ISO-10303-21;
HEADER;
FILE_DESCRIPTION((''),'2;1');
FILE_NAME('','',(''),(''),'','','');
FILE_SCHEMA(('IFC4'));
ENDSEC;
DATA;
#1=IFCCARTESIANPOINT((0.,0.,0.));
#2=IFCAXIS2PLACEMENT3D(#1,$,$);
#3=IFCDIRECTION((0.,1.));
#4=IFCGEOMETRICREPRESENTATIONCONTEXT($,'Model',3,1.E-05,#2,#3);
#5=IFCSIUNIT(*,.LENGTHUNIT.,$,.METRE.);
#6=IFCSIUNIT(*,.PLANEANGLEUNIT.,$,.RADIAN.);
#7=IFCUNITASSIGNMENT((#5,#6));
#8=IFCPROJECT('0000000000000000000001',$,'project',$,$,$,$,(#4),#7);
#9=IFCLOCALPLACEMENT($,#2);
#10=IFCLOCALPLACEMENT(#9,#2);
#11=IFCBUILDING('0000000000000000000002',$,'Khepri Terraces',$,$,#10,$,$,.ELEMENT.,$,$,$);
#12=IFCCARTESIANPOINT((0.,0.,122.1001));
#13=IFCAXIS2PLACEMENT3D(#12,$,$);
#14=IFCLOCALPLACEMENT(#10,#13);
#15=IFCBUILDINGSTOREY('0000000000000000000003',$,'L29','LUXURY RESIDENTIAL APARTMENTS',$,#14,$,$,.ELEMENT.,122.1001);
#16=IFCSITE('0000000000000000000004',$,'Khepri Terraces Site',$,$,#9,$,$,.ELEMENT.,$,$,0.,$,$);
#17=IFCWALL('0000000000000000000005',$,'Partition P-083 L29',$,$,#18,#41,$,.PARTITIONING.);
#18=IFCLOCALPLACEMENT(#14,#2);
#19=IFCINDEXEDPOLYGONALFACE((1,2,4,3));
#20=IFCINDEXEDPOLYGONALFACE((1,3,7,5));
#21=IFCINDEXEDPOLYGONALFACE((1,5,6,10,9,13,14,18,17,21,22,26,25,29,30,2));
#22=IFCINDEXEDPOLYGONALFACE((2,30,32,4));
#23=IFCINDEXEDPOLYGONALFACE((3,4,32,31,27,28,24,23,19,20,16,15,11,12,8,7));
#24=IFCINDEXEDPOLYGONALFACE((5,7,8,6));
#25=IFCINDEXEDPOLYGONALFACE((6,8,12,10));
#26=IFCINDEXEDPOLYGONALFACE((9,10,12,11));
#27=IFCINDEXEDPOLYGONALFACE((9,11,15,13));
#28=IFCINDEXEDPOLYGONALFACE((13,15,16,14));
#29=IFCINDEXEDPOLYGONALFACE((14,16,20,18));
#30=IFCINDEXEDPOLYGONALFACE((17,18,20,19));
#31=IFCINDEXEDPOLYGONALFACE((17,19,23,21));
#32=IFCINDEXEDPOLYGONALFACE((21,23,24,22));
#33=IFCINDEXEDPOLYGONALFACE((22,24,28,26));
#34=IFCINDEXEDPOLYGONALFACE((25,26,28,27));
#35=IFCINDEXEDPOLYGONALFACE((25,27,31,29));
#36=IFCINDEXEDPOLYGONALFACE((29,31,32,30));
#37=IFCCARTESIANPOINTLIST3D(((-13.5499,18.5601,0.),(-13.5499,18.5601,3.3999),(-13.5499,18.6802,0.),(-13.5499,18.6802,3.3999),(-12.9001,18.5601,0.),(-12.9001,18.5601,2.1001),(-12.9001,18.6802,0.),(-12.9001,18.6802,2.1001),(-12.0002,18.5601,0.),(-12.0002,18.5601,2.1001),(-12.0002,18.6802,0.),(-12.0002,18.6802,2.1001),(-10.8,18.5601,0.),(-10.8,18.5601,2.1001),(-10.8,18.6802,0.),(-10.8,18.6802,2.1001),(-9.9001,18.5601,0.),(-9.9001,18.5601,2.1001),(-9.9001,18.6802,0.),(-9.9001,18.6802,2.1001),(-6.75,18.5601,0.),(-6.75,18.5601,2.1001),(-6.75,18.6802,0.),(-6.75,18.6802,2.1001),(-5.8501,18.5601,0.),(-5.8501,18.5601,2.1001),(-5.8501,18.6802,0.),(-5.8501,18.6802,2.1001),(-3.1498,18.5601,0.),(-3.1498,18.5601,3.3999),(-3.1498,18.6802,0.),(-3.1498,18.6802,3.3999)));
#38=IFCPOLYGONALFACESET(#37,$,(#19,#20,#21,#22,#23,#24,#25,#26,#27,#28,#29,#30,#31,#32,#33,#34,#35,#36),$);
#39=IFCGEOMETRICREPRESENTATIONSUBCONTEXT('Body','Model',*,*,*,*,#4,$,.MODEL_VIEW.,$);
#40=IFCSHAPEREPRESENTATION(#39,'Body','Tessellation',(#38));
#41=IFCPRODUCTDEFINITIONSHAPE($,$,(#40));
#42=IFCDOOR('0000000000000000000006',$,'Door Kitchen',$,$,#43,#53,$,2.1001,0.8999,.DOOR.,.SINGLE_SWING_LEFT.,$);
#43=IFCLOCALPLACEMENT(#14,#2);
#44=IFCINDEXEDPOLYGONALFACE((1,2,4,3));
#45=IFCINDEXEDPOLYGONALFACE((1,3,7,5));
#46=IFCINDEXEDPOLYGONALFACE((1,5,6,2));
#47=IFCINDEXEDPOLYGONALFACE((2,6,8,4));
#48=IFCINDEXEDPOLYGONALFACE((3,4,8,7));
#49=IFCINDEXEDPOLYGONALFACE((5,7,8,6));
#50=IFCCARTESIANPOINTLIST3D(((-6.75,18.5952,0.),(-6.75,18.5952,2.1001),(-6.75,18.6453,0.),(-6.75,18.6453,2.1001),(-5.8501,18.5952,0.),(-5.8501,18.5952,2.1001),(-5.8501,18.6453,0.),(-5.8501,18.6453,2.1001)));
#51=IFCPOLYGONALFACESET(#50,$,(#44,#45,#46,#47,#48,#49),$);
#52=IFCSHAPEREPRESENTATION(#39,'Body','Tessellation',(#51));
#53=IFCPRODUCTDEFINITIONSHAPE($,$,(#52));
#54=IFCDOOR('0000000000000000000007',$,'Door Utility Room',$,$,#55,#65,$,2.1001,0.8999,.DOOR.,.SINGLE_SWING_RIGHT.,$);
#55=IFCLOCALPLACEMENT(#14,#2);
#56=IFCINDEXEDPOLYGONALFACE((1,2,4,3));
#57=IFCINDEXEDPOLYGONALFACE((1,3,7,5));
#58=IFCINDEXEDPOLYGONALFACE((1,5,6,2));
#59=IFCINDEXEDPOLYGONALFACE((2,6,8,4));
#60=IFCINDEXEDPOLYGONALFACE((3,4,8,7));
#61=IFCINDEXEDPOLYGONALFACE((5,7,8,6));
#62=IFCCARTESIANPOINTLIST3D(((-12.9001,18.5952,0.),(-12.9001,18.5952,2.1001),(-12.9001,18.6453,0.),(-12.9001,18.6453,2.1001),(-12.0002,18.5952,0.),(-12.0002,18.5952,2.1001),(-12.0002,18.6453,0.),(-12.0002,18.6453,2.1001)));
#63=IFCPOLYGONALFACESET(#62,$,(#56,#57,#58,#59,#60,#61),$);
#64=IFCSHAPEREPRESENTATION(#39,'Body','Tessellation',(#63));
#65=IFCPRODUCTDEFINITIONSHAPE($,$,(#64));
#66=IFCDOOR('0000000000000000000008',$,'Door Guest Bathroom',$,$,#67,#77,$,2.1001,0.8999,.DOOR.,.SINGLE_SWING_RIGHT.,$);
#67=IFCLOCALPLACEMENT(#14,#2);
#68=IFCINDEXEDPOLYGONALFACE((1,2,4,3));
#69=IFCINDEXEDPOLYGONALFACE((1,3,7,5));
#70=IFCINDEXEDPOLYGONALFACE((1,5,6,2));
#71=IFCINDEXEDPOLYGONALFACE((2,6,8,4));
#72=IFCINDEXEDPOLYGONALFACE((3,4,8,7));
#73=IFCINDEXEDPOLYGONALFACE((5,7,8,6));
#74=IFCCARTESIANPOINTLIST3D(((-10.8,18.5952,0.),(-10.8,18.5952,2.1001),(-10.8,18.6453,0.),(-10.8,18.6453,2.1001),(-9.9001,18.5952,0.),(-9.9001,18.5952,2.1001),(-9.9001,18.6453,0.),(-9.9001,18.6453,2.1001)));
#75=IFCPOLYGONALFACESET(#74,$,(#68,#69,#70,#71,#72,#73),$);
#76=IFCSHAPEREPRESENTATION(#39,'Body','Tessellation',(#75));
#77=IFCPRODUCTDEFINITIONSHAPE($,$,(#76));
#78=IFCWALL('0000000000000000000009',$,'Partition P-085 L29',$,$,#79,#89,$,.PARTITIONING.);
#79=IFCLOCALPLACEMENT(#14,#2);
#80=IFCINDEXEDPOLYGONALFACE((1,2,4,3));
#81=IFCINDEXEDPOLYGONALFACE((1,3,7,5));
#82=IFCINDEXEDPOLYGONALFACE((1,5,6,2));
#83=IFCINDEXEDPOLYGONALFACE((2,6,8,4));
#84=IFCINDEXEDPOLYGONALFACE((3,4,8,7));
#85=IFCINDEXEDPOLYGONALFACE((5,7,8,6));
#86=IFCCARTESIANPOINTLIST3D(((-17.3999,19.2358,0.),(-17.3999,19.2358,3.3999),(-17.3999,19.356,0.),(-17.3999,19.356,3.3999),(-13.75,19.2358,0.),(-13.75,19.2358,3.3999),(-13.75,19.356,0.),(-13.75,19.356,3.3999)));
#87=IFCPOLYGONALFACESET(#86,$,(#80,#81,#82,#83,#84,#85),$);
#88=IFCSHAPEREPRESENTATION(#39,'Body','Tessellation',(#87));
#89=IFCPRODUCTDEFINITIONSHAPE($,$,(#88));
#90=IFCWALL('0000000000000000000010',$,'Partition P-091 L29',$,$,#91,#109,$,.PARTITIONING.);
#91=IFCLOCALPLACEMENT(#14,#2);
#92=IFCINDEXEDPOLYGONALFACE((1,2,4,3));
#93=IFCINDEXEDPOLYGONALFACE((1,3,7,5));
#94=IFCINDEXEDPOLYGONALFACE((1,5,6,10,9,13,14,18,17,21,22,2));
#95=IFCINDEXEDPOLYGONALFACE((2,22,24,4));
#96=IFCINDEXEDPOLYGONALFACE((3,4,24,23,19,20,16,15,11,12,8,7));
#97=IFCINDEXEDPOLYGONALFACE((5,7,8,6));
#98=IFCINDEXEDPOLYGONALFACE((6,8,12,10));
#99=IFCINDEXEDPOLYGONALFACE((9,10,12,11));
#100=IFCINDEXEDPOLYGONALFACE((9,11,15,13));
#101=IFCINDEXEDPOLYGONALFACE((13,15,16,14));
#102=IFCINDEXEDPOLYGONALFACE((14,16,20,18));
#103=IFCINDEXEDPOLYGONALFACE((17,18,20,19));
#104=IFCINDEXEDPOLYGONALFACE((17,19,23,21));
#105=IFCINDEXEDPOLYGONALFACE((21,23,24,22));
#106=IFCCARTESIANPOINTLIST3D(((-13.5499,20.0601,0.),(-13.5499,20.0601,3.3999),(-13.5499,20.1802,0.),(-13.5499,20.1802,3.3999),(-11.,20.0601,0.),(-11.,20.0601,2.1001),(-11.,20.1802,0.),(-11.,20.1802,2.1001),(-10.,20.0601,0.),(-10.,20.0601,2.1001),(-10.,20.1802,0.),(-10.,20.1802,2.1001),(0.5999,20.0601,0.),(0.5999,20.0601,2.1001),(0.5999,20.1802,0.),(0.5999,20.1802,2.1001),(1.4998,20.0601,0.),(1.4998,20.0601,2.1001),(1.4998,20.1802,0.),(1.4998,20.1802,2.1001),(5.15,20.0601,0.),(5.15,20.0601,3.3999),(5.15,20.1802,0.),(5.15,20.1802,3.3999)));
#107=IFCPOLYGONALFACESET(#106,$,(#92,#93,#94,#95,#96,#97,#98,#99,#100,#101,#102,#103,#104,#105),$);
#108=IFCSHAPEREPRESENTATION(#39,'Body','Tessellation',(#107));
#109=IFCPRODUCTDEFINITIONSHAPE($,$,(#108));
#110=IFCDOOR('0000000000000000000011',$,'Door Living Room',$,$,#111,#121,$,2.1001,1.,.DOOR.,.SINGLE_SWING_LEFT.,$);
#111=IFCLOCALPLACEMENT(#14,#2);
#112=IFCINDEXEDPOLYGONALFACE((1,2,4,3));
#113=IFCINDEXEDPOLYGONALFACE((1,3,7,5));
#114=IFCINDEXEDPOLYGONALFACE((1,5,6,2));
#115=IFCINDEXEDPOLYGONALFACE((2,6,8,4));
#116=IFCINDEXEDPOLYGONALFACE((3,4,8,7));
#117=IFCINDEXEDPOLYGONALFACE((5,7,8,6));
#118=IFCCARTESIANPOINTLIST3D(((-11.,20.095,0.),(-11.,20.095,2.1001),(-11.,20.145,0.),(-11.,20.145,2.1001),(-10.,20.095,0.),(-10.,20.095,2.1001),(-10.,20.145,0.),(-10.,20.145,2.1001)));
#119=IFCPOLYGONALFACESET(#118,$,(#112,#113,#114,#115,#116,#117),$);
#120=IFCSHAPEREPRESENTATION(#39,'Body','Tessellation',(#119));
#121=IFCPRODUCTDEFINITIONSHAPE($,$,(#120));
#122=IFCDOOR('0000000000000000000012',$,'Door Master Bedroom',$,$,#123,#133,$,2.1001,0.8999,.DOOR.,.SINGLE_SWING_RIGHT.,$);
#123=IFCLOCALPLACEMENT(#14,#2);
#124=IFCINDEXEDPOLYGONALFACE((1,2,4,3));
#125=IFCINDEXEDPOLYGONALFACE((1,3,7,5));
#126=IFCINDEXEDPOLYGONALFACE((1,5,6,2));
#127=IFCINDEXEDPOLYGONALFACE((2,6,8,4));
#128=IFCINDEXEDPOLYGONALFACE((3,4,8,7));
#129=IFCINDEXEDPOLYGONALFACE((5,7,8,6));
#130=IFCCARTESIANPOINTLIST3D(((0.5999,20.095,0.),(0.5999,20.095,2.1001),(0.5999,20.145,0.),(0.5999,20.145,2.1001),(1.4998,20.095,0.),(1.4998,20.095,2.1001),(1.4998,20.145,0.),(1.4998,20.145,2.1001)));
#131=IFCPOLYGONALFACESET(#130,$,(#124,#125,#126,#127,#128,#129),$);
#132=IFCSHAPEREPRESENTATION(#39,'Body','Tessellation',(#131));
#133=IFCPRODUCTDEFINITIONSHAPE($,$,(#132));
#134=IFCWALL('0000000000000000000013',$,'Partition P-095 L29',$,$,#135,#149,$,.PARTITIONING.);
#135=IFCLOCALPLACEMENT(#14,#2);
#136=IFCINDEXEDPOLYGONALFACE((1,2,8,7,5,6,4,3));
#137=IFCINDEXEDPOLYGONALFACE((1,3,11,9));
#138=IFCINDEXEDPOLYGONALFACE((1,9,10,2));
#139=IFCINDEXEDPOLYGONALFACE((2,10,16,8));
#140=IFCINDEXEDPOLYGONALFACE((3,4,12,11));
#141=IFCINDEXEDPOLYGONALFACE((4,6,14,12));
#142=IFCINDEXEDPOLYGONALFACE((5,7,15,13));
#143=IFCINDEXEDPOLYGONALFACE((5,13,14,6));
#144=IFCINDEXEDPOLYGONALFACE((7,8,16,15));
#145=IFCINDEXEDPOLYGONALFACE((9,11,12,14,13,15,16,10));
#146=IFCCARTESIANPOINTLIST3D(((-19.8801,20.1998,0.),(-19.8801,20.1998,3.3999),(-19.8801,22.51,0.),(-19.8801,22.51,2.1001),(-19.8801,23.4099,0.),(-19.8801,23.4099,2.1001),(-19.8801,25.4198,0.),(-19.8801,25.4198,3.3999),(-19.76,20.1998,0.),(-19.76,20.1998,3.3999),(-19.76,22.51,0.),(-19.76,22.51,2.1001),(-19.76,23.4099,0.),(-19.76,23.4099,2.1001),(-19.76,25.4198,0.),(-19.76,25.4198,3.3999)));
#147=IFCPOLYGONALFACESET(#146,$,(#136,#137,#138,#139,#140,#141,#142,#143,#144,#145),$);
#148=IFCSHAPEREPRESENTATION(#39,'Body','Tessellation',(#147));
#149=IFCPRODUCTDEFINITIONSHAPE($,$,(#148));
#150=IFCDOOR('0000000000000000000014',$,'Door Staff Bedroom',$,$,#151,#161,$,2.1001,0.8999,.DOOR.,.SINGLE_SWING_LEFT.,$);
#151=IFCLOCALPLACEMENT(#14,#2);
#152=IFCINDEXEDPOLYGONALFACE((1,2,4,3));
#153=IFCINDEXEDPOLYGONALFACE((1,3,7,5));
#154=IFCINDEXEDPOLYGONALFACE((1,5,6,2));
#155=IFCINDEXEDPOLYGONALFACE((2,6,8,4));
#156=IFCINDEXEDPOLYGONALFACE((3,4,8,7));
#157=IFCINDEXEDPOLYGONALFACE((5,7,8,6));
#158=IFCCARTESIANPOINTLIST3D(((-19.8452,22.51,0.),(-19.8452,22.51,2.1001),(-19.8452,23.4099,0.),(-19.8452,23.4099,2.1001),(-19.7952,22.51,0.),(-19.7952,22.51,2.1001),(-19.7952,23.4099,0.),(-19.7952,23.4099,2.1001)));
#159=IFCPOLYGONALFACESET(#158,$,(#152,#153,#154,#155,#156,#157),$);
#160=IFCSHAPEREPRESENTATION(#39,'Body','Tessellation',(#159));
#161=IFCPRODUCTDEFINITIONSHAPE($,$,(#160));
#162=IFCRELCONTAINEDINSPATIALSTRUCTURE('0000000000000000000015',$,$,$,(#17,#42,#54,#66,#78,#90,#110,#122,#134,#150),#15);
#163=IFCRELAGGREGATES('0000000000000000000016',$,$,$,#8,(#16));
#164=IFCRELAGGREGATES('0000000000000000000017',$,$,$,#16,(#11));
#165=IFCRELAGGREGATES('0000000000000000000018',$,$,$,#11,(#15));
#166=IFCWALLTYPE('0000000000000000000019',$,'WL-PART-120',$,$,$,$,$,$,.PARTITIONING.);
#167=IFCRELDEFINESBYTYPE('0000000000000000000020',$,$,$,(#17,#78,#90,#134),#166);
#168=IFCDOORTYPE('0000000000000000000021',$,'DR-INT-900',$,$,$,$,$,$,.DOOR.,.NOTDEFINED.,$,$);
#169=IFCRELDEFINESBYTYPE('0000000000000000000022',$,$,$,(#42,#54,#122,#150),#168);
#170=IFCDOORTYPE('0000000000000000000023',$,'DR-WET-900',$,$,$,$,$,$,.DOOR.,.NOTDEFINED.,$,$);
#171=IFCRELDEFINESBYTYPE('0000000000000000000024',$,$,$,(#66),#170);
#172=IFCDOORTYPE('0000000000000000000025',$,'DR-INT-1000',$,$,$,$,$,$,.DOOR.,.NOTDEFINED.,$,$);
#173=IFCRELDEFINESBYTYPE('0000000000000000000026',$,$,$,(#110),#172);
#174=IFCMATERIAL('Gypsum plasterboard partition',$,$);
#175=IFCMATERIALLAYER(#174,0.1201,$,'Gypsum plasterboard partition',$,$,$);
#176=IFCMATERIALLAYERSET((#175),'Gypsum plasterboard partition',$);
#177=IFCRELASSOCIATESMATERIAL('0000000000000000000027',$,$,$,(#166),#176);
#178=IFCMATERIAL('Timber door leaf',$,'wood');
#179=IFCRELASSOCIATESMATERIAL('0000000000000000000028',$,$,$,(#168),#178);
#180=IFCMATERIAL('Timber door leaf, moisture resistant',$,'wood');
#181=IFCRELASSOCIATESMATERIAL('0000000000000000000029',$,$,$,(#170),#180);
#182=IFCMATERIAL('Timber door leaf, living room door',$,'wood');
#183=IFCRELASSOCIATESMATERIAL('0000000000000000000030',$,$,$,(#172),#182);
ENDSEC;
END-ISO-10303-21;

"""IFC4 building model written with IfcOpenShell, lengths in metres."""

from ifc_helpers import new_model, si_unit, direction, frame, frame_2d, origin, place, context, subcontext, project, spatial, rectangle, extrude, material, layer, layer_set, type_object, element, fill, save


model = new_model("IFC4")

# Units and contexts
model_context = context("Model", 3, precision=1e-05, world=origin(), true_north=direction((0.0, 1.0)))
body_context = subcontext(model_context, "Body", "Model", "MODEL_VIEW")
ifc_project = project(units=[si_unit("LENGTHUNIT", "METRE"), si_unit("PLANEANGLEUNIT", "RADIAN")], contexts=[model_context])

# Site, building, storey
site_placement = place(None, origin())
site = spatial("IfcSite", under=ifc_project, at=site_placement, Name="Khepri Terraces Site", CompositionType="ELEMENT", RefElevation=0.0)
building_placement = place(site_placement, origin())
building = spatial("IfcBuilding", under=site, at=building_placement, Name="Khepri Terraces", CompositionType="ELEMENT")
storey_placement = place(building_placement, frame((0.0, 0.0, 122.1001)))
storey = spatial("IfcBuildingStorey", under=building, at=storey_placement, Name="L29", Description="LUXURY RESIDENTIAL APARTMENTS", CompositionType="ELEMENT", Elevation=122.1001)

# Shared definitions
ifc_material_1 = material(Name="Gypsum plasterboard partition")
ifc_layer_1 = layer(ifc_material_1, 0.1201, Name="Gypsum plasterboard partition")
ifc_layer_set_1 = layer_set([ifc_layer_1], Name="Gypsum plasterboard partition")
wall_type_1 = type_object("IfcWallType", Name="WL-PART-120", PredefinedType="PARTITIONING", material=ifc_layer_set_1)

# Wall, openings, doors
wall_1_placement = place(storey_placement, frame((-13.55, 18.6201, 0.0), z_axis=(0.0, 0.0, 1.0), x_axis=(1.0, 0.0, 0.0)))
wall_1 = element("IfcWall", 1, at=wall_1_placement, inside=storey, type_object=wall_type_1, Name="Partition P-083 L29", PredefinedType="PARTITIONING", context=body_context, shape_type="SweptSolid", body=[
    extrude(rectangle(XDim=10.4001, YDim=0.1201, at=frame_2d((5.2002, 0.0))), origin(), (0.0, 0.0, 1.0), 3.3999),
])
opening_1_placement = place(wall_1_placement, frame((6.8, 0.0, 0.0)))
opening_1 = element("IfcOpeningElement", 2, at=opening_1_placement, cuts=wall_1, PredefinedType="OPENING", context=body_context, shape_type="SweptSolid", body=[
    extrude(rectangle(XDim=0.8999, YDim=2.1001, at=frame_2d((0.45, 1.05))), frame((0.0, 0.0701, 0.0), z_axis=(0.0, -1.0, 0.0), x_axis=(1.0, 0.0, 0.0)), (0.0, 0.0, 1.0), 0.1401),
])
opening_2_placement = place(wall_1_placement, frame((2.75, 0.0, 0.0)))
opening_2 = element("IfcOpeningElement", 3, at=opening_2_placement, cuts=wall_1, PredefinedType="OPENING", context=body_context, shape_type="SweptSolid", body=[
    extrude(rectangle(XDim=0.8999, YDim=2.1001, at=frame_2d((0.45, 1.05))), frame((0.0, 0.0701, 0.0), z_axis=(0.0, -1.0, 0.0), x_axis=(1.0, 0.0, 0.0)), (0.0, 0.0, 1.0), 0.1401),
])
opening_3_placement = place(wall_1_placement, frame((0.6499, 0.0, 0.0)))
opening_3 = element("IfcOpeningElement", 4, at=opening_3_placement, cuts=wall_1, PredefinedType="OPENING", context=body_context, shape_type="SweptSolid", body=[
    extrude(rectangle(XDim=0.8999, YDim=2.1001, at=frame_2d((0.45, 1.05))), frame((0.0, 0.0701, 0.0), z_axis=(0.0, -1.0, 0.0), x_axis=(1.0, 0.0, 0.0)), (0.0, 0.0, 1.0), 0.1401),
])
ifc_material_2 = material(Name="Timber door leaf", Category="wood")
door_type_1 = type_object("IfcDoorType", Name="DR-INT-900", OperationType="NOTDEFINED", PredefinedType="DOOR", material=ifc_material_2)
door_1_placement = place(opening_1_placement, frame((0.8999, 0.0, 0.0), z_axis=(0.0, 0.0, 1.0), x_axis=(-1.0, 0.0, 0.0)))
door_1 = element("IfcDoor", 5, at=door_1_placement, inside=storey, type_object=door_type_1, Name="Door Kitchen", OperationType="SINGLE_SWING_LEFT", OverallHeight=2.1001, OverallWidth=0.8999, PredefinedType="DOOR", context=body_context, shape_type="SweptSolid", body=[
    extrude(rectangle(XDim=0.8999, YDim=2.1001, at=frame_2d((0.45, 1.05))), frame((0.0, 0.0249, 0.0), z_axis=(0.0, -1.0, 0.0), x_axis=(1.0, 0.0, 0.0)), (0.0, 0.0, 1.0), 0.05),
])
fill(opening_1, door_1)
door_2_placement = place(opening_3_placement, frame((0.8999, 0.0, 0.0), z_axis=(0.0, 0.0, 1.0), x_axis=(-1.0, 0.0, 0.0)))
door_2 = element("IfcDoor", 6, at=door_2_placement, inside=storey, type_object=door_type_1, Name="Door Utility Room", OperationType="SINGLE_SWING_RIGHT", OverallHeight=2.1001, OverallWidth=0.8999, PredefinedType="DOOR", context=body_context, shape_type="SweptSolid", body=[
    extrude(rectangle(XDim=0.8999, YDim=2.1001, at=frame_2d((0.45, 1.05))), frame((0.0, 0.0249, 0.0), z_axis=(0.0, -1.0, 0.0), x_axis=(1.0, 0.0, 0.0)), (0.0, 0.0, 1.0), 0.05),
])
fill(opening_3, door_2)
ifc_material_3 = material(Name="Timber door leaf, moisture resistant", Category="wood")
door_type_2 = type_object("IfcDoorType", Name="DR-WET-900", OperationType="NOTDEFINED", PredefinedType="DOOR", material=ifc_material_3)
door_3_placement = place(opening_2_placement, frame((0.8999, 0.0, 0.0), z_axis=(0.0, 0.0, 1.0), x_axis=(-1.0, 0.0, 0.0)))
door_3 = element("IfcDoor", 7, at=door_3_placement, inside=storey, type_object=door_type_2, Name="Door Guest Bathroom", OperationType="SINGLE_SWING_RIGHT", OverallHeight=2.1001, OverallWidth=0.8999, PredefinedType="DOOR", context=body_context, shape_type="SweptSolid", body=[
    extrude(rectangle(XDim=0.8999, YDim=2.1001, at=frame_2d((0.45, 1.05))), frame((0.0, 0.0249, 0.0), z_axis=(0.0, -1.0, 0.0), x_axis=(1.0, 0.0, 0.0)), (0.0, 0.0, 1.0), 0.05),
])
fill(opening_2, door_3)

# Wall
wall_2_placement = place(storey_placement, frame((-17.3999, 19.2959, 0.0), z_axis=(0.0, 0.0, 1.0), x_axis=(1.0, 0.0, 0.0)))
element("IfcWall", 8, at=wall_2_placement, inside=storey, type_object=wall_type_1, Name="Partition P-085 L29", PredefinedType="PARTITIONING", context=body_context, shape_type="SweptSolid", body=[
    extrude(rectangle(XDim=3.6499, YDim=0.1201, at=frame_2d((1.825, 0.0))), origin(), (0.0, 0.0, 1.0), 3.3999),
])

# Wall, openings, doors
wall_3_placement = place(storey_placement, frame((-13.55, 20.1201, 0.0), z_axis=(0.0, 0.0, 1.0), x_axis=(1.0, 0.0, 0.0)))
wall_3 = element("IfcWall", 9, at=wall_3_placement, inside=storey, type_object=wall_type_1, Name="Partition P-091 L29", PredefinedType="PARTITIONING", context=body_context, shape_type="SweptSolid", body=[
    extrude(rectangle(XDim=18.7, YDim=0.1201, at=frame_2d((9.3501, 0.0))), origin(), (0.0, 0.0, 1.0), 3.3999),
])
opening_4_placement = place(wall_3_placement, frame((14.1499, 0.0, 0.0)))
opening_4 = element("IfcOpeningElement", 10, at=opening_4_placement, cuts=wall_3, PredefinedType="OPENING", context=body_context, shape_type="SweptSolid", body=[
    extrude(rectangle(XDim=0.8999, YDim=2.1001, at=frame_2d((0.45, 1.05))), frame((0.0, 0.0701, 0.0), z_axis=(0.0, -1.0, 0.0), x_axis=(1.0, 0.0, 0.0)), (0.0, 0.0, 1.0), 0.1401),
])
opening_5_placement = place(wall_3_placement, frame((2.55, 0.0, 0.0)))
opening_5 = element("IfcOpeningElement", 11, at=opening_5_placement, cuts=wall_3, PredefinedType="OPENING", context=body_context, shape_type="SweptSolid", body=[
    extrude(rectangle(XDim=1.0, YDim=2.1001, at=frame_2d((0.5, 1.05))), frame((0.0, 0.0701, 0.0), z_axis=(0.0, -1.0, 0.0), x_axis=(1.0, 0.0, 0.0)), (0.0, 0.0, 1.0), 0.1401),
])
ifc_material_4 = material(Name="Timber door leaf, living room door", Category="wood")
door_type_3 = type_object("IfcDoorType", Name="DR-INT-1000", OperationType="NOTDEFINED", PredefinedType="DOOR", material=ifc_material_4)
door_4_placement = place(opening_5_placement, origin())
door_4 = element("IfcDoor", 12, at=door_4_placement, inside=storey, type_object=door_type_3, Name="Door Living Room", OperationType="SINGLE_SWING_LEFT", OverallHeight=2.1001, OverallWidth=1.0, PredefinedType="DOOR", context=body_context, shape_type="SweptSolid", body=[
    extrude(rectangle(XDim=1.0, YDim=2.1001, at=frame_2d((0.5, 1.05))), frame((0.0, 0.0249, 0.0), z_axis=(0.0, -1.0, 0.0), x_axis=(1.0, 0.0, 0.0)), (0.0, 0.0, 1.0), 0.05),
])
fill(opening_5, door_4)
door_5_placement = place(opening_4_placement, origin())
door_5 = element("IfcDoor", 13, at=door_5_placement, inside=storey, type_object=door_type_1, Name="Door Master Bedroom", OperationType="SINGLE_SWING_RIGHT", OverallHeight=2.1001, OverallWidth=0.8999, PredefinedType="DOOR", context=body_context, shape_type="SweptSolid", body=[
    extrude(rectangle(XDim=0.8999, YDim=2.1001, at=frame_2d((0.45, 1.05))), frame((0.0, 0.0249, 0.0), z_axis=(0.0, -1.0, 0.0), x_axis=(1.0, 0.0, 0.0)), (0.0, 0.0, 1.0), 0.05),
])
fill(opening_4, door_5)

# Wall, opening, door
wall_4_placement = place(storey_placement, frame((-19.8201, 20.2, 0.0), z_axis=(0.0, 0.0, 1.0), x_axis=(0.0, 1.0, 0.0)))
wall_4 = element("IfcWall", 14, at=wall_4_placement, inside=storey, type_object=wall_type_1, Name="Partition P-095 L29", PredefinedType="PARTITIONING", context=body_context, shape_type="SweptSolid", body=[
    extrude(rectangle(XDim=5.22, YDim=0.1201, at=frame_2d((2.6099, 0.0))), origin(), (0.0, 0.0, 1.0), 3.3999),
])
opening_6_placement = place(wall_4_placement, frame((2.3101, 0.0, 0.0)))
opening_6 = element("IfcOpeningElement", 15, at=opening_6_placement, cuts=wall_4, PredefinedType="OPENING", context=body_context, shape_type="SweptSolid", body=[
    extrude(rectangle(XDim=0.8999, YDim=2.1001, at=frame_2d((0.45, 1.05))), frame((0.0, 0.0701, 0.0), z_axis=(0.0, -1.0, 0.0), x_axis=(1.0, 0.0, 0.0)), (0.0, 0.0, 1.0), 0.1401),
])
door_6_placement = place(opening_6_placement, frame((0.8999, 0.0, 0.0), z_axis=(0.0, 0.0, 1.0), x_axis=(-1.0, 0.0, 0.0)))
door_6 = element("IfcDoor", 16, at=door_6_placement, inside=storey, type_object=door_type_1, Name="Door Staff Bedroom", OperationType="SINGLE_SWING_LEFT", OverallHeight=2.1001, OverallWidth=0.8999, PredefinedType="DOOR", context=body_context, shape_type="SweptSolid", body=[
    extrude(rectangle(XDim=0.8999, YDim=2.1001, at=frame_2d((0.45, 1.05))), frame((0.0, 0.0249, 0.0), z_axis=(0.0, -1.0, 0.0), x_axis=(1.0, 0.0, 0.0)), (0.0, 0.0, 1.0), 0.05),
])
fill(opening_6, door_6)

save(model, "model.ifc")
